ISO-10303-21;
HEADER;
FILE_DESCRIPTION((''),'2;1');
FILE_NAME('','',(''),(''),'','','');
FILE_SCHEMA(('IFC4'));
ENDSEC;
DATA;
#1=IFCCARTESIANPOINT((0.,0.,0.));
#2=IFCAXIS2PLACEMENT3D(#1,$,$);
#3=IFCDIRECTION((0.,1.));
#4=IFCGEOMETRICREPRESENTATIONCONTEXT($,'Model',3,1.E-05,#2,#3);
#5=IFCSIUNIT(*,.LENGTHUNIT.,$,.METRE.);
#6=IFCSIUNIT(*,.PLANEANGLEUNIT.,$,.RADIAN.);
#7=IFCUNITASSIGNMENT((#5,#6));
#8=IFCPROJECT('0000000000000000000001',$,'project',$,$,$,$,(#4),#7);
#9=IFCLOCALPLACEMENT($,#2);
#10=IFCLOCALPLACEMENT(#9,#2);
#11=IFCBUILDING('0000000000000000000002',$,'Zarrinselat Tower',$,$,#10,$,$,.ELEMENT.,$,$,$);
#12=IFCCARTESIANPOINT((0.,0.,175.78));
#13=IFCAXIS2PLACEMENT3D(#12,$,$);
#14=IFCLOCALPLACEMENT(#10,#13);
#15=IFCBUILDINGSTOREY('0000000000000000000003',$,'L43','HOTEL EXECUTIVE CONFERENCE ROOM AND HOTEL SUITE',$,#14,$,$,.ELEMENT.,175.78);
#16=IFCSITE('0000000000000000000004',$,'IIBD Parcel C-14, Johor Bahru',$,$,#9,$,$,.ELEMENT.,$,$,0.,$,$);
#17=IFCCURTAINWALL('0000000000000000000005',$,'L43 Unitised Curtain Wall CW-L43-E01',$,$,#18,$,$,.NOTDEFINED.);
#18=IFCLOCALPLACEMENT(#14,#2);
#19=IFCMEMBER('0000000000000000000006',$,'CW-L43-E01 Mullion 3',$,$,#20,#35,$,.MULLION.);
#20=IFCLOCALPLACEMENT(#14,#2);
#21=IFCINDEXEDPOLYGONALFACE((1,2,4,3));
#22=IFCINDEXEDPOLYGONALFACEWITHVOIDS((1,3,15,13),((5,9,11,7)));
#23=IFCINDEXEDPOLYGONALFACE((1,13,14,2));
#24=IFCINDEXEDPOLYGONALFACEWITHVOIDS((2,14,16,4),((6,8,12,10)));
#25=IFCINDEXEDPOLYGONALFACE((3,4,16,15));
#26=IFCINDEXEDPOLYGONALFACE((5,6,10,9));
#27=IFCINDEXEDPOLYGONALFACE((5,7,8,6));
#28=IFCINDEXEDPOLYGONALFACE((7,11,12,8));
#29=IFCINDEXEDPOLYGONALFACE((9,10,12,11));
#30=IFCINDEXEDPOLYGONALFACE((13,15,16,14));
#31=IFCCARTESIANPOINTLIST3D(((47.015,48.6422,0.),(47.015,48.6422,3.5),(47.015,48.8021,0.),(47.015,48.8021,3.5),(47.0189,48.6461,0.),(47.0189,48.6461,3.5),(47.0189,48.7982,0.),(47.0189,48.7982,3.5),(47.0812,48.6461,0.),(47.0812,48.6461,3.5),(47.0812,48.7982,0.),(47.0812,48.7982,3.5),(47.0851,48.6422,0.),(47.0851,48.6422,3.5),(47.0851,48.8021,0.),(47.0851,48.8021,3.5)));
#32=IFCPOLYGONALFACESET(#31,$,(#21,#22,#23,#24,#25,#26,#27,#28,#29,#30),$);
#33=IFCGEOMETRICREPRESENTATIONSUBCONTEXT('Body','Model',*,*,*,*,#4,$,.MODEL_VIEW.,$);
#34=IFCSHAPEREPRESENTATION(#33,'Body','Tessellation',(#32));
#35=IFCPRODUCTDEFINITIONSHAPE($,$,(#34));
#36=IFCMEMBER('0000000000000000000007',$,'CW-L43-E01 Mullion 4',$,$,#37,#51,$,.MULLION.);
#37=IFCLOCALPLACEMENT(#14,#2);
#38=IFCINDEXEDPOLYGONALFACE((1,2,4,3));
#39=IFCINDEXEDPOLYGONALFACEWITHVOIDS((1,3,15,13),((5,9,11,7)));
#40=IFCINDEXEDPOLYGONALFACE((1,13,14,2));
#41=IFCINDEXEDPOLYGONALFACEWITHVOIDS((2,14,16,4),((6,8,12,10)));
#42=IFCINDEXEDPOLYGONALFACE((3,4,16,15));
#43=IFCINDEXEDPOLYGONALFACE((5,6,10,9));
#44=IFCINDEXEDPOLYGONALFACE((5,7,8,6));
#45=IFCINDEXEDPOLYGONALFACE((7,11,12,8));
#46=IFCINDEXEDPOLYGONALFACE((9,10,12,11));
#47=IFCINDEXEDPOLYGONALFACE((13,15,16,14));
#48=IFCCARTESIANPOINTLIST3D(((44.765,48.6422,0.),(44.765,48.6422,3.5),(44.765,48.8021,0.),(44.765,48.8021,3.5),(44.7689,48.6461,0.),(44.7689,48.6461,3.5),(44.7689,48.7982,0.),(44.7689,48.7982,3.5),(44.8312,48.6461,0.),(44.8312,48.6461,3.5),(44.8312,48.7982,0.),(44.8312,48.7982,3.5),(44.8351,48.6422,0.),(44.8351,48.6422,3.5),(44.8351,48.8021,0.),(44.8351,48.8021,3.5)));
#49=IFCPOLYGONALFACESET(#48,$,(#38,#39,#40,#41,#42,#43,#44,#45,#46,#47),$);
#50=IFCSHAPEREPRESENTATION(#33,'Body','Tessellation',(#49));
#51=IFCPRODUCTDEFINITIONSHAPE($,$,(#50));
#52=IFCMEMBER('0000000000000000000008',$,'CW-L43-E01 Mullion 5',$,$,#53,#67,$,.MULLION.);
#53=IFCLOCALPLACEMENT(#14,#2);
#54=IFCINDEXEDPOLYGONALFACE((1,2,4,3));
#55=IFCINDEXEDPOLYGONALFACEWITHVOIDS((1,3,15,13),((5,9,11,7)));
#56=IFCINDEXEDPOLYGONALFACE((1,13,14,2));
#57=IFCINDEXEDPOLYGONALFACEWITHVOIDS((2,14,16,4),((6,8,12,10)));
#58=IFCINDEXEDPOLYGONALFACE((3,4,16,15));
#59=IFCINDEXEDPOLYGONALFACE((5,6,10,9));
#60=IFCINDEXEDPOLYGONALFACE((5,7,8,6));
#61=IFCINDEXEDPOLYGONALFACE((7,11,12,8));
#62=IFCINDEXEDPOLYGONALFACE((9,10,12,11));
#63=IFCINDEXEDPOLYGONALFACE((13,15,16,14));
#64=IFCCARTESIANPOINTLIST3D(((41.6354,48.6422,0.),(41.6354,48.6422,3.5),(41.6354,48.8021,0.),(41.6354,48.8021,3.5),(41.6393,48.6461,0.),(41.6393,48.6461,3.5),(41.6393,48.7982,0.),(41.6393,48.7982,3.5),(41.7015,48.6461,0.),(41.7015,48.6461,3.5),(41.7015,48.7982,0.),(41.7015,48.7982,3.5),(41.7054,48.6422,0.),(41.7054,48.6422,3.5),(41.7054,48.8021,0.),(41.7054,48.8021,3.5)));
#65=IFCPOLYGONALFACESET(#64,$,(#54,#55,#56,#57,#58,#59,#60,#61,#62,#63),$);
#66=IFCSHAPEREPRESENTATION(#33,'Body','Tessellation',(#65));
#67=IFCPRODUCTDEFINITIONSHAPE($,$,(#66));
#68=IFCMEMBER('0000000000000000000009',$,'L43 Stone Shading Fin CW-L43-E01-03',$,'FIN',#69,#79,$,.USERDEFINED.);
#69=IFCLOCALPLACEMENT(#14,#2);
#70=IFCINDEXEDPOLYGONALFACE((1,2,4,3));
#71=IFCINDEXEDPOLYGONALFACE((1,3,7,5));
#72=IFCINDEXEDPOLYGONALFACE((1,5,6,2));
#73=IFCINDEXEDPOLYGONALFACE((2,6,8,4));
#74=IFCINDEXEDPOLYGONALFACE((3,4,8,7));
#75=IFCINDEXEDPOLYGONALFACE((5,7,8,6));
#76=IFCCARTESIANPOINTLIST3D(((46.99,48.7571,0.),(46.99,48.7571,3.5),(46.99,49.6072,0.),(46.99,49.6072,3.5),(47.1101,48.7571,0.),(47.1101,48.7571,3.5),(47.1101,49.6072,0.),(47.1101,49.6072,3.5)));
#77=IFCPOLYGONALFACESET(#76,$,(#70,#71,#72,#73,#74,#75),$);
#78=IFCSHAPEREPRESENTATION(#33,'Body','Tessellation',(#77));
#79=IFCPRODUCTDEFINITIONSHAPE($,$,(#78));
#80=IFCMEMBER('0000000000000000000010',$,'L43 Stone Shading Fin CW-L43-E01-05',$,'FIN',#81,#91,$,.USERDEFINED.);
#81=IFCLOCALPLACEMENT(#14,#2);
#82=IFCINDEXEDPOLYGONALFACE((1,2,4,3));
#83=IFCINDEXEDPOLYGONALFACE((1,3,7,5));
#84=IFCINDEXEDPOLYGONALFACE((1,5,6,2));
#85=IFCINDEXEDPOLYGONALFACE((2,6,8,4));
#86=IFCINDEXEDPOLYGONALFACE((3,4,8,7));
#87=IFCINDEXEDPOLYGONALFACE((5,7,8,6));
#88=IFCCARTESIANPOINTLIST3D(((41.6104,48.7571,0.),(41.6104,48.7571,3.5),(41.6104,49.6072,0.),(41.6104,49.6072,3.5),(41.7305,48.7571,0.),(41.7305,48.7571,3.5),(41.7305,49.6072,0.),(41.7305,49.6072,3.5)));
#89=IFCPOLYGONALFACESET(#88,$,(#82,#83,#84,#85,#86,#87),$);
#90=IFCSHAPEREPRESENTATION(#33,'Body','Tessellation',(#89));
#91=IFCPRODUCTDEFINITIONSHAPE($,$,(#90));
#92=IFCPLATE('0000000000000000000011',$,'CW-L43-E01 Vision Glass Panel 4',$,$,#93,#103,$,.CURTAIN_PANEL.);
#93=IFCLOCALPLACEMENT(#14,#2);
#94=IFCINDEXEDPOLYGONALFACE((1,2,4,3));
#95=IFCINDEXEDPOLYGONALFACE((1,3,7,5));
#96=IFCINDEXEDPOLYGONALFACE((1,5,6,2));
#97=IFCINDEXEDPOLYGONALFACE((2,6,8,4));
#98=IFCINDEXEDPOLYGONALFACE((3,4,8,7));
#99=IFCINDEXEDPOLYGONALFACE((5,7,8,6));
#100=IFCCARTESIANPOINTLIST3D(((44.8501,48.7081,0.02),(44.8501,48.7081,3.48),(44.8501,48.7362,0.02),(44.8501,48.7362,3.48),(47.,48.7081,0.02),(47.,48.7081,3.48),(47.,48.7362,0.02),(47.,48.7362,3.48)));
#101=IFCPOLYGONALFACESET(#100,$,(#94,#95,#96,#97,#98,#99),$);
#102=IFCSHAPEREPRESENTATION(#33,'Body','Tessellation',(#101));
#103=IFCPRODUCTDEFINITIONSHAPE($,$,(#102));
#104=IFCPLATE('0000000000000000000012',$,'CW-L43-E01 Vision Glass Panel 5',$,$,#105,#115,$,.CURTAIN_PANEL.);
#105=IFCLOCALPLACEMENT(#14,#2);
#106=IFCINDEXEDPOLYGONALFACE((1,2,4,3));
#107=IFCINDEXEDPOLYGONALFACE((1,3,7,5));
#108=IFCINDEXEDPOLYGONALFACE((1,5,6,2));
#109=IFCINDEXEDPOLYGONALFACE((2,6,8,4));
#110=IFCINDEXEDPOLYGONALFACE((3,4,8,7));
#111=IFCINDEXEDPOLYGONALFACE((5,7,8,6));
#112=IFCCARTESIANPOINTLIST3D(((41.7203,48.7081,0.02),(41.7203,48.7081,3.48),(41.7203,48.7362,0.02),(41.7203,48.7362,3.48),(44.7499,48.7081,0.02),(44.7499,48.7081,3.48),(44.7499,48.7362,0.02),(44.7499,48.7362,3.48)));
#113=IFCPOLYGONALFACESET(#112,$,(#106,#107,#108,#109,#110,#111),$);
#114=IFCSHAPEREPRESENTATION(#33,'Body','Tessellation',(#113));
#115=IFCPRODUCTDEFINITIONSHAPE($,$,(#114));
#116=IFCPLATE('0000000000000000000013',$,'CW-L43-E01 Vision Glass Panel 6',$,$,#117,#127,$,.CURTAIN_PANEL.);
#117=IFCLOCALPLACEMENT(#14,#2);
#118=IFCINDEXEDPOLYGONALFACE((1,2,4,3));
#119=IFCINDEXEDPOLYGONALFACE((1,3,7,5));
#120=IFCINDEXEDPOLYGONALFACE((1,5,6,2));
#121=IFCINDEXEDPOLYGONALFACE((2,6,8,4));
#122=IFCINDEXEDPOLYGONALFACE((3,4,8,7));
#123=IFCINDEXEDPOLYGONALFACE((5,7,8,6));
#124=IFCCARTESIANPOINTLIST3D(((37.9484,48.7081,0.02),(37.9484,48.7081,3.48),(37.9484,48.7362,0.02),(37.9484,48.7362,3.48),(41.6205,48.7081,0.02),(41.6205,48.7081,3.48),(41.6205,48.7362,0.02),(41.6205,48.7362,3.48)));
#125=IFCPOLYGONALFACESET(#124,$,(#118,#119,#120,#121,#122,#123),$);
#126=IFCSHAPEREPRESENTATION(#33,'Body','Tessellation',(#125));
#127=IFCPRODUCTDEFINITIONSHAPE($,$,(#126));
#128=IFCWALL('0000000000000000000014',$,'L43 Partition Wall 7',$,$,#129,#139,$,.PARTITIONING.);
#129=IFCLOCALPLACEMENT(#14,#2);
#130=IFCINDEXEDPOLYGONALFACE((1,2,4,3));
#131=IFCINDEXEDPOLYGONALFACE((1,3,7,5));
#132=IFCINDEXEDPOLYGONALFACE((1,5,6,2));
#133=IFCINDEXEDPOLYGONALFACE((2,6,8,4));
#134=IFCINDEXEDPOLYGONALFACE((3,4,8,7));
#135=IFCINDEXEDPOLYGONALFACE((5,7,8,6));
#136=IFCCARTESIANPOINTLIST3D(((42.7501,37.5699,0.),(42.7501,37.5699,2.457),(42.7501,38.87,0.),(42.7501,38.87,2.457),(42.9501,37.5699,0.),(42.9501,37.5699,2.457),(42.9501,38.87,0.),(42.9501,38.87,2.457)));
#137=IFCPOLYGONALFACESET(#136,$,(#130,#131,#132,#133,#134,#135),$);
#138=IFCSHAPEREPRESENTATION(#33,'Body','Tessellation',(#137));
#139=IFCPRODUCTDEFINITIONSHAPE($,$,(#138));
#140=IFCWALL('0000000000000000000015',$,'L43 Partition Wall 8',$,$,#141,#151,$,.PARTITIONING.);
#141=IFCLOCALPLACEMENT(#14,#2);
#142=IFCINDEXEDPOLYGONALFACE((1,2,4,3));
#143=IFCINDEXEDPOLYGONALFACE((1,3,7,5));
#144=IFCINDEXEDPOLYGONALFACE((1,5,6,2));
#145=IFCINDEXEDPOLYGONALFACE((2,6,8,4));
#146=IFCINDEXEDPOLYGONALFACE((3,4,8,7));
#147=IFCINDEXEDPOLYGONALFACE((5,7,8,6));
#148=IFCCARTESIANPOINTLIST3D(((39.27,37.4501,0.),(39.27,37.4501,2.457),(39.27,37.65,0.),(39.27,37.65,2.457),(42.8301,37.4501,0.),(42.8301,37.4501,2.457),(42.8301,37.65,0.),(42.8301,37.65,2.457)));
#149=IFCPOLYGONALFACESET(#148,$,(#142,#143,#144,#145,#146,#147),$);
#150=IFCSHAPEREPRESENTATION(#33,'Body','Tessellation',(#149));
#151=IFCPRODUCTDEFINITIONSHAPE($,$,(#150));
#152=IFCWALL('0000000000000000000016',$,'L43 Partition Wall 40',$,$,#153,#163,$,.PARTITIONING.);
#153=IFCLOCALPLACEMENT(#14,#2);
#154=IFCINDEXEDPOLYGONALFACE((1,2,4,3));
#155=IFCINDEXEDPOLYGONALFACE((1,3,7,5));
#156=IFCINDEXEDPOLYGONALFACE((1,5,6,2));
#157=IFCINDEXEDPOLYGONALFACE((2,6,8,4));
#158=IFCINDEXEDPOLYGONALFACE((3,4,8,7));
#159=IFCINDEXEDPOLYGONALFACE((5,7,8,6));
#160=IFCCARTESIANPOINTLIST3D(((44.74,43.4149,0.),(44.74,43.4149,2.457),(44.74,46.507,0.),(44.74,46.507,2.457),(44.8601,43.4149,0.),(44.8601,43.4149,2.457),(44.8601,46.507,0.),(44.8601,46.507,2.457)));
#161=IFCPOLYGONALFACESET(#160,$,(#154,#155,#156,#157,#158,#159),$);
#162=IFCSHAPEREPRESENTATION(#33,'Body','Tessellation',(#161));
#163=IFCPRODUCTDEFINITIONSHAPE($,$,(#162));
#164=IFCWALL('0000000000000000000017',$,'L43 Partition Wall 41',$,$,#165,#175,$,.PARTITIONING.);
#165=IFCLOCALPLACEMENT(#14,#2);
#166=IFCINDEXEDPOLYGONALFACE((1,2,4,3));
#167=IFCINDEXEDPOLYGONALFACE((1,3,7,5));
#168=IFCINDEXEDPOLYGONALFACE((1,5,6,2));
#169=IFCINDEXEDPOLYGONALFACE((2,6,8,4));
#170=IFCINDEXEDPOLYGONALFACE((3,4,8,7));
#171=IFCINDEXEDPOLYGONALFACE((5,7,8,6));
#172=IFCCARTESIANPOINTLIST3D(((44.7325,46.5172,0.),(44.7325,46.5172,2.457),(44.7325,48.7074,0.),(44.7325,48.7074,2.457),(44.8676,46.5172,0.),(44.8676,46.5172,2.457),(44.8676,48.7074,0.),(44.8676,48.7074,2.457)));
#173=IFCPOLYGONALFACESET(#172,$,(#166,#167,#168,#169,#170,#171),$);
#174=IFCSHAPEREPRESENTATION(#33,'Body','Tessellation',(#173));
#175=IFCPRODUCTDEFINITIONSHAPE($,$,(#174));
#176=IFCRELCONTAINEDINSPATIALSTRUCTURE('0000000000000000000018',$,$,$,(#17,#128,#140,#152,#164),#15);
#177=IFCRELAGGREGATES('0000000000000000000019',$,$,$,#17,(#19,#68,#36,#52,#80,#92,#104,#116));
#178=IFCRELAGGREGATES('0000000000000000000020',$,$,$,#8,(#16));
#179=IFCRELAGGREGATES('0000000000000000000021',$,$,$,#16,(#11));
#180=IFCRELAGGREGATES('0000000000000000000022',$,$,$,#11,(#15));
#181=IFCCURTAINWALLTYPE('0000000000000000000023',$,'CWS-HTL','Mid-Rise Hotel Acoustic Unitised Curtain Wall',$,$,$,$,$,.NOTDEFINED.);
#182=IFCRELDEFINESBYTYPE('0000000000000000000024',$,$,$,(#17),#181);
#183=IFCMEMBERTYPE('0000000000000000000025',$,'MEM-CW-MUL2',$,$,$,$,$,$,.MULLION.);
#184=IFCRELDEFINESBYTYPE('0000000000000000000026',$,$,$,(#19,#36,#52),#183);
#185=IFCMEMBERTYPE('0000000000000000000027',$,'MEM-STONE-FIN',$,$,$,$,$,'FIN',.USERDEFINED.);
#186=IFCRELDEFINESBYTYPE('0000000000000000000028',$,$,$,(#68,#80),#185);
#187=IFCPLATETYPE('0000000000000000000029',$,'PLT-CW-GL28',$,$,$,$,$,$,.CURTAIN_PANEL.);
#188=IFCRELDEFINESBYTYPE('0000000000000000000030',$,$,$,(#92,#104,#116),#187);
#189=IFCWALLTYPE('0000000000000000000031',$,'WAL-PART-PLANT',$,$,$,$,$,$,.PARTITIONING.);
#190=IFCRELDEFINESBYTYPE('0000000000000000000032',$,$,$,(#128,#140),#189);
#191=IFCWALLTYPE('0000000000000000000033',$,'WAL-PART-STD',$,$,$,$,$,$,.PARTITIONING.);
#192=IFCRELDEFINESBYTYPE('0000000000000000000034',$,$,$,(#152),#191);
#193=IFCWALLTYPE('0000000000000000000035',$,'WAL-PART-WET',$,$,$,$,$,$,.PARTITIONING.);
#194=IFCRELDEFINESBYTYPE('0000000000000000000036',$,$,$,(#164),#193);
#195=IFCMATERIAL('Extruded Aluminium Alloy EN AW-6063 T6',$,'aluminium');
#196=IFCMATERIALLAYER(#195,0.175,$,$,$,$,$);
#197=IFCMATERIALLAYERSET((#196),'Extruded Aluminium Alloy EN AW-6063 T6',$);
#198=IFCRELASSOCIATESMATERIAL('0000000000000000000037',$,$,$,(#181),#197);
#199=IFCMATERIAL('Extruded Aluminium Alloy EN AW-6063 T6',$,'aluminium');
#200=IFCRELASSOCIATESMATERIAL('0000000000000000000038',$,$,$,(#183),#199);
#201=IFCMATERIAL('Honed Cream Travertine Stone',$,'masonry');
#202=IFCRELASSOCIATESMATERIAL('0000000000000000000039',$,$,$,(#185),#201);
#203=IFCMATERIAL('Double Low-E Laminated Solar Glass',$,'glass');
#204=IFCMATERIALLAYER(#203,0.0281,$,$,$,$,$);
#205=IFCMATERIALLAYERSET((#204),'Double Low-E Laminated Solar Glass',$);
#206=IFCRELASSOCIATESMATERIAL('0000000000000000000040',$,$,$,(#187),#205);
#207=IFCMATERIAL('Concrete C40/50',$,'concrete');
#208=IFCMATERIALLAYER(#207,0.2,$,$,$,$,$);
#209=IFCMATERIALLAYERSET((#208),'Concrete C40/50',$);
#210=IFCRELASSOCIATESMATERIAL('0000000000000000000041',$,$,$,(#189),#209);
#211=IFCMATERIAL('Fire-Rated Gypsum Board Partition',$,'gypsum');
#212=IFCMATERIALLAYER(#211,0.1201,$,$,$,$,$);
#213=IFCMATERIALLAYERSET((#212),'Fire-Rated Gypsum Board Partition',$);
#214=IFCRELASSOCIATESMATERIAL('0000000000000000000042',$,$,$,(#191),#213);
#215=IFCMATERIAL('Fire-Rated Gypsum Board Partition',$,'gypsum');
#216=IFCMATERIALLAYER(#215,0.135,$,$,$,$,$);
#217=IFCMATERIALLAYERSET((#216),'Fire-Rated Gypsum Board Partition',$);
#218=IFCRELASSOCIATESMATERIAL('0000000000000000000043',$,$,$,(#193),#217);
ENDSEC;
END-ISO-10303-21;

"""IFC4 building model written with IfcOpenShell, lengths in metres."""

from ifc_helpers import new_model, si_unit, direction, frame, frame_2d, origin, origin_2d, place, context, subcontext, project, spatial, rectangle, hollow_rectangle, extrude, material, layer, layer_set, material_profile, profile_set, type_object, element, aggregate, save


model = new_model("IFC4")

# Units and contexts
model_context = context("Model", 3, precision=1e-05, world=origin(), true_north=direction((0.0, 1.0)))
body_context = subcontext(model_context, "Body", "Model", "MODEL_VIEW")
ifc_project = project(units=[si_unit("LENGTHUNIT", "METRE"), si_unit("PLANEANGLEUNIT", "RADIAN")], contexts=[model_context])

# Site, building, storey
site_placement = place(None, origin())
site = spatial("IfcSite", under=ifc_project, at=site_placement, Name="IIBD Parcel C-14, Johor Bahru", CompositionType="ELEMENT", RefElevation=0.0)
building_placement = place(site_placement, origin())
building = spatial("IfcBuilding", under=site, at=building_placement, Name="Zarrinselat Tower", CompositionType="ELEMENT")
storey_placement = place(building_placement, frame((0.0, 0.0, 175.78)))
storey = spatial("IfcBuildingStorey", under=building, at=storey_placement, Name="L43", Description="HOTEL EXECUTIVE CONFERENCE ROOM AND HOTEL SUITE", CompositionType="ELEMENT", Elevation=175.78)

# Curtain wall, members, plates
ifc_material_1 = material(Name="Extruded Aluminium Alloy EN AW-6063 T6", Category="aluminium")
ifc_layer_1 = layer(ifc_material_1, 0.175)
ifc_layer_set_1 = layer_set([ifc_layer_1], Name="Extruded Aluminium Alloy EN AW-6063 T6")
curtain_wall_type = type_object("IfcCurtainWallType", Name="CWS-HTL", Description="Mid-Rise Hotel Acoustic Unitised Curtain Wall", PredefinedType="NOTDEFINED", material=ifc_layer_set_1)
curtain_wall_placement = place(storey_placement, origin())
curtain_wall = element("IfcCurtainWall", 1, at=curtain_wall_placement, inside=storey, type_object=curtain_wall_type, Name="L43 Unitised Curtain Wall CW-L43-E01", PredefinedType="NOTDEFINED")
ifc_material_2 = material(Name="Extruded Aluminium Alloy EN AW-6063 T6", Category="aluminium")
ifc_material_profile_1 = material_profile(ifc_material_2, hollow_rectangle(XDim=0.0701, YDim=0.1599, WallThickness=0.0039, at=origin_2d()), Name="RHS 160x70x4")
ifc_profile_set_1 = profile_set([ifc_material_profile_1], Name="Extruded Aluminium Alloy EN AW-6063 T6")
member_type_1 = type_object("IfcMemberType", Name="MEM-CW-MUL2", PredefinedType="MULLION", material=ifc_profile_set_1)
member_1_placement = place(storey_placement, frame((47.05, 48.7222, 0.0), z_axis=(0.0, 0.0, 1.0), x_axis=(-1.0, 0.0, 0.0)))
member_1 = element("IfcMember", 2, at=member_1_placement, type_object=member_type_1, Name="CW-L43-E01 Mullion 3", PredefinedType="MULLION", context=body_context, shape_type="SweptSolid", body=[
    extrude(hollow_rectangle(XDim=0.0701, YDim=0.1599, WallThickness=0.0039, at=origin_2d()), origin(), (0.0, 0.0, 1.0), 3.5),
])
member_2_placement = place(storey_placement, frame((44.8, 48.7222, 0.0), z_axis=(0.0, 0.0, 1.0), x_axis=(-1.0, 0.0, 0.0)))
member_2 = element("IfcMember", 3, at=member_2_placement, type_object=member_type_1, Name="CW-L43-E01 Mullion 4", PredefinedType="MULLION", context=body_context, shape_type="SweptSolid", body=[
    extrude(hollow_rectangle(XDim=0.0701, YDim=0.1599, WallThickness=0.0039, at=origin_2d()), origin(), (0.0, 0.0, 1.0), 3.5),
])
member_3_placement = place(storey_placement, frame((41.6704, 48.7222, 0.0), z_axis=(0.0, 0.0, 1.0), x_axis=(-1.0, 0.0, 0.0)))
member_3 = element("IfcMember", 4, at=member_3_placement, type_object=member_type_1, Name="CW-L43-E01 Mullion 5", PredefinedType="MULLION", context=body_context, shape_type="SweptSolid", body=[
    extrude(hollow_rectangle(XDim=0.0701, YDim=0.1599, WallThickness=0.0039, at=origin_2d()), origin(), (0.0, 0.0, 1.0), 3.5),
])
ifc_material_3 = material(Name="Honed Cream Travertine Stone", Category="masonry")
ifc_material_profile_2 = material_profile(ifc_material_3, rectangle(XDim=0.1201, YDim=0.8501, at=origin_2d()), Name="FIN 850x120")
ifc_profile_set_2 = profile_set([ifc_material_profile_2], Name="Honed Cream Travertine Stone")
member_type_2 = type_object("IfcMemberType", Name="MEM-STONE-FIN", ElementType="FIN", PredefinedType="USERDEFINED", material=ifc_profile_set_2)
member_4_placement = place(storey_placement, frame((47.05, 49.1821, 0.0), z_axis=(0.0, 0.0, 1.0), x_axis=(1.0, 0.0, 0.0)))
member_4 = element("IfcMember", 5, at=member_4_placement, type_object=member_type_2, Name="L43 Stone Shading Fin CW-L43-E01-03", ObjectType="FIN", PredefinedType="USERDEFINED", context=body_context, shape_type="SweptSolid", body=[
    extrude(rectangle(XDim=0.1201, YDim=0.8501, at=origin_2d()), origin(), (0.0, 0.0, 1.0), 3.5),
])
member_5_placement = place(storey_placement, frame((41.6704, 49.1821, 0.0), z_axis=(0.0, 0.0, 1.0), x_axis=(1.0, 0.0, 0.0)))
member_5 = element("IfcMember", 6, at=member_5_placement, type_object=member_type_2, Name="L43 Stone Shading Fin CW-L43-E01-05", ObjectType="FIN", PredefinedType="USERDEFINED", context=body_context, shape_type="SweptSolid", body=[
    extrude(rectangle(XDim=0.1201, YDim=0.8501, at=origin_2d()), origin(), (0.0, 0.0, 1.0), 3.5),
])
ifc_material_4 = material(Name="Double Low-E Laminated Solar Glass", Category="glass")
ifc_layer_2 = layer(ifc_material_4, 0.0281)
ifc_layer_set_2 = layer_set([ifc_layer_2], Name="Double Low-E Laminated Solar Glass")
plate_type = type_object("IfcPlateType", Name="PLT-CW-GL28", PredefinedType="CURTAIN_PANEL", material=ifc_layer_set_2)
plate_1_placement = place(storey_placement, frame((45.925, 48.7222, 0.02), z_axis=(0.0, 0.0, 1.0), x_axis=(-1.0, 0.0, 0.0)))
plate_1 = element("IfcPlate", 7, at=plate_1_placement, type_object=plate_type, Name="CW-L43-E01 Vision Glass Panel 4", PredefinedType="CURTAIN_PANEL", context=body_context, shape_type="SweptSolid", body=[
    extrude(rectangle(XDim=2.1499, YDim=0.0281, at=origin_2d()), origin(), (0.0, 0.0, 1.0), 3.46),
])
plate_2_placement = place(storey_placement, frame((43.2351, 48.7222, 0.02), z_axis=(0.0, 0.0, 1.0), x_axis=(-1.0, 0.0, 0.0)))
plate_2 = element("IfcPlate", 8, at=plate_2_placement, type_object=plate_type, Name="CW-L43-E01 Vision Glass Panel 5", PredefinedType="CURTAIN_PANEL", context=body_context, shape_type="SweptSolid", body=[
    extrude(rectangle(XDim=3.0295, YDim=0.0281, at=origin_2d()), origin(), (0.0, 0.0, 1.0), 3.46),
])
plate_3_placement = place(storey_placement, frame((39.7844, 48.7222, 0.02), z_axis=(0.0, 0.0, 1.0), x_axis=(-1.0, 0.0, 0.0)))
plate_3 = element("IfcPlate", 9, at=plate_3_placement, type_object=plate_type, Name="CW-L43-E01 Vision Glass Panel 6", PredefinedType="CURTAIN_PANEL", context=body_context, shape_type="SweptSolid", body=[
    extrude(rectangle(XDim=3.6721, YDim=0.0281, at=origin_2d()), origin(), (0.0, 0.0, 1.0), 3.46),
])
aggregate(curtain_wall, [member_1, member_4, member_2, member_3, member_5, plate_1, plate_2, plate_3])

# Walls
ifc_material_5 = material(Name="Concrete C40/50", Category="concrete")
ifc_layer_3 = layer(ifc_material_5, 0.2)
ifc_layer_set_3 = layer_set([ifc_layer_3], Name="Concrete C40/50")
wall_type_1 = type_object("IfcWallType", Name="WAL-PART-PLANT", PredefinedType="PARTITIONING", material=ifc_layer_set_3)
wall_1_placement = place(storey_placement, frame((42.8501, 37.5701, 0.0), z_axis=(0.0, 0.0, 1.0), x_axis=(0.0, 1.0, 0.0)))
element("IfcWall", 10, at=wall_1_placement, inside=storey, type_object=wall_type_1, Name="L43 Partition Wall 7", PredefinedType="PARTITIONING", context=body_context, shape_type="SweptSolid", body=[
    extrude(rectangle(XDim=1.3, YDim=0.2, at=frame_2d((0.6499, 0.0))), origin(), (0.0, 0.0, 1.0), 2.457),
])
wall_2_placement = place(storey_placement, frame((39.27, 37.55, 0.0), z_axis=(0.0, 0.0, 1.0), x_axis=(1.0, 0.0, 0.0)))
element("IfcWall", 11, at=wall_2_placement, inside=storey, type_object=wall_type_1, Name="L43 Partition Wall 8", PredefinedType="PARTITIONING", context=body_context, shape_type="SweptSolid", body=[
    extrude(rectangle(XDim=3.5601, YDim=0.2, at=frame_2d((1.78, 0.0))), origin(), (0.0, 0.0, 1.0), 2.457),
])
ifc_material_6 = material(Name="Fire-Rated Gypsum Board Partition", Category="gypsum")
ifc_layer_4 = layer(ifc_material_6, 0.1201)
ifc_layer_set_4 = layer_set([ifc_layer_4], Name="Fire-Rated Gypsum Board Partition")
wall_type_2 = type_object("IfcWallType", Name="WAL-PART-STD", PredefinedType="PARTITIONING", material=ifc_layer_set_4)
wall_3_placement = place(storey_placement, frame((44.8, 43.415, 0.0), z_axis=(0.0, 0.0, 1.0), x_axis=(0.0, 1.0, 0.0)))
element("IfcWall", 12, at=wall_3_placement, inside=storey, type_object=wall_type_2, Name="L43 Partition Wall 40", PredefinedType="PARTITIONING", context=body_context, shape_type="SweptSolid", body=[
    extrude(rectangle(XDim=3.092, YDim=0.1201, at=frame_2d((1.5459, 0.0))), origin(), (0.0, 0.0, 1.0), 2.457),
])
ifc_material_7 = material(Name="Fire-Rated Gypsum Board Partition", Category="gypsum")
ifc_layer_5 = layer(ifc_material_7, 0.135)
ifc_layer_set_5 = layer_set([ifc_layer_5], Name="Fire-Rated Gypsum Board Partition")
wall_type_3 = type_object("IfcWallType", Name="WAL-PART-WET", PredefinedType="PARTITIONING", material=ifc_layer_set_5)
wall_4_placement = place(storey_placement, frame((44.8, 46.5171, 0.0), z_axis=(0.0, 0.0, 1.0), x_axis=(0.0, 1.0, 0.0)))
element("IfcWall", 13, at=wall_4_placement, inside=storey, type_object=wall_type_3, Name="L43 Partition Wall 41", PredefinedType="PARTITIONING", context=body_context, shape_type="SweptSolid", body=[
    extrude(rectangle(XDim=2.1902, YDim=0.135, at=frame_2d((1.0952, 0.0))), origin(), (0.0, 0.0, 1.0), 2.457),
])

save(model, "model.ifc")
